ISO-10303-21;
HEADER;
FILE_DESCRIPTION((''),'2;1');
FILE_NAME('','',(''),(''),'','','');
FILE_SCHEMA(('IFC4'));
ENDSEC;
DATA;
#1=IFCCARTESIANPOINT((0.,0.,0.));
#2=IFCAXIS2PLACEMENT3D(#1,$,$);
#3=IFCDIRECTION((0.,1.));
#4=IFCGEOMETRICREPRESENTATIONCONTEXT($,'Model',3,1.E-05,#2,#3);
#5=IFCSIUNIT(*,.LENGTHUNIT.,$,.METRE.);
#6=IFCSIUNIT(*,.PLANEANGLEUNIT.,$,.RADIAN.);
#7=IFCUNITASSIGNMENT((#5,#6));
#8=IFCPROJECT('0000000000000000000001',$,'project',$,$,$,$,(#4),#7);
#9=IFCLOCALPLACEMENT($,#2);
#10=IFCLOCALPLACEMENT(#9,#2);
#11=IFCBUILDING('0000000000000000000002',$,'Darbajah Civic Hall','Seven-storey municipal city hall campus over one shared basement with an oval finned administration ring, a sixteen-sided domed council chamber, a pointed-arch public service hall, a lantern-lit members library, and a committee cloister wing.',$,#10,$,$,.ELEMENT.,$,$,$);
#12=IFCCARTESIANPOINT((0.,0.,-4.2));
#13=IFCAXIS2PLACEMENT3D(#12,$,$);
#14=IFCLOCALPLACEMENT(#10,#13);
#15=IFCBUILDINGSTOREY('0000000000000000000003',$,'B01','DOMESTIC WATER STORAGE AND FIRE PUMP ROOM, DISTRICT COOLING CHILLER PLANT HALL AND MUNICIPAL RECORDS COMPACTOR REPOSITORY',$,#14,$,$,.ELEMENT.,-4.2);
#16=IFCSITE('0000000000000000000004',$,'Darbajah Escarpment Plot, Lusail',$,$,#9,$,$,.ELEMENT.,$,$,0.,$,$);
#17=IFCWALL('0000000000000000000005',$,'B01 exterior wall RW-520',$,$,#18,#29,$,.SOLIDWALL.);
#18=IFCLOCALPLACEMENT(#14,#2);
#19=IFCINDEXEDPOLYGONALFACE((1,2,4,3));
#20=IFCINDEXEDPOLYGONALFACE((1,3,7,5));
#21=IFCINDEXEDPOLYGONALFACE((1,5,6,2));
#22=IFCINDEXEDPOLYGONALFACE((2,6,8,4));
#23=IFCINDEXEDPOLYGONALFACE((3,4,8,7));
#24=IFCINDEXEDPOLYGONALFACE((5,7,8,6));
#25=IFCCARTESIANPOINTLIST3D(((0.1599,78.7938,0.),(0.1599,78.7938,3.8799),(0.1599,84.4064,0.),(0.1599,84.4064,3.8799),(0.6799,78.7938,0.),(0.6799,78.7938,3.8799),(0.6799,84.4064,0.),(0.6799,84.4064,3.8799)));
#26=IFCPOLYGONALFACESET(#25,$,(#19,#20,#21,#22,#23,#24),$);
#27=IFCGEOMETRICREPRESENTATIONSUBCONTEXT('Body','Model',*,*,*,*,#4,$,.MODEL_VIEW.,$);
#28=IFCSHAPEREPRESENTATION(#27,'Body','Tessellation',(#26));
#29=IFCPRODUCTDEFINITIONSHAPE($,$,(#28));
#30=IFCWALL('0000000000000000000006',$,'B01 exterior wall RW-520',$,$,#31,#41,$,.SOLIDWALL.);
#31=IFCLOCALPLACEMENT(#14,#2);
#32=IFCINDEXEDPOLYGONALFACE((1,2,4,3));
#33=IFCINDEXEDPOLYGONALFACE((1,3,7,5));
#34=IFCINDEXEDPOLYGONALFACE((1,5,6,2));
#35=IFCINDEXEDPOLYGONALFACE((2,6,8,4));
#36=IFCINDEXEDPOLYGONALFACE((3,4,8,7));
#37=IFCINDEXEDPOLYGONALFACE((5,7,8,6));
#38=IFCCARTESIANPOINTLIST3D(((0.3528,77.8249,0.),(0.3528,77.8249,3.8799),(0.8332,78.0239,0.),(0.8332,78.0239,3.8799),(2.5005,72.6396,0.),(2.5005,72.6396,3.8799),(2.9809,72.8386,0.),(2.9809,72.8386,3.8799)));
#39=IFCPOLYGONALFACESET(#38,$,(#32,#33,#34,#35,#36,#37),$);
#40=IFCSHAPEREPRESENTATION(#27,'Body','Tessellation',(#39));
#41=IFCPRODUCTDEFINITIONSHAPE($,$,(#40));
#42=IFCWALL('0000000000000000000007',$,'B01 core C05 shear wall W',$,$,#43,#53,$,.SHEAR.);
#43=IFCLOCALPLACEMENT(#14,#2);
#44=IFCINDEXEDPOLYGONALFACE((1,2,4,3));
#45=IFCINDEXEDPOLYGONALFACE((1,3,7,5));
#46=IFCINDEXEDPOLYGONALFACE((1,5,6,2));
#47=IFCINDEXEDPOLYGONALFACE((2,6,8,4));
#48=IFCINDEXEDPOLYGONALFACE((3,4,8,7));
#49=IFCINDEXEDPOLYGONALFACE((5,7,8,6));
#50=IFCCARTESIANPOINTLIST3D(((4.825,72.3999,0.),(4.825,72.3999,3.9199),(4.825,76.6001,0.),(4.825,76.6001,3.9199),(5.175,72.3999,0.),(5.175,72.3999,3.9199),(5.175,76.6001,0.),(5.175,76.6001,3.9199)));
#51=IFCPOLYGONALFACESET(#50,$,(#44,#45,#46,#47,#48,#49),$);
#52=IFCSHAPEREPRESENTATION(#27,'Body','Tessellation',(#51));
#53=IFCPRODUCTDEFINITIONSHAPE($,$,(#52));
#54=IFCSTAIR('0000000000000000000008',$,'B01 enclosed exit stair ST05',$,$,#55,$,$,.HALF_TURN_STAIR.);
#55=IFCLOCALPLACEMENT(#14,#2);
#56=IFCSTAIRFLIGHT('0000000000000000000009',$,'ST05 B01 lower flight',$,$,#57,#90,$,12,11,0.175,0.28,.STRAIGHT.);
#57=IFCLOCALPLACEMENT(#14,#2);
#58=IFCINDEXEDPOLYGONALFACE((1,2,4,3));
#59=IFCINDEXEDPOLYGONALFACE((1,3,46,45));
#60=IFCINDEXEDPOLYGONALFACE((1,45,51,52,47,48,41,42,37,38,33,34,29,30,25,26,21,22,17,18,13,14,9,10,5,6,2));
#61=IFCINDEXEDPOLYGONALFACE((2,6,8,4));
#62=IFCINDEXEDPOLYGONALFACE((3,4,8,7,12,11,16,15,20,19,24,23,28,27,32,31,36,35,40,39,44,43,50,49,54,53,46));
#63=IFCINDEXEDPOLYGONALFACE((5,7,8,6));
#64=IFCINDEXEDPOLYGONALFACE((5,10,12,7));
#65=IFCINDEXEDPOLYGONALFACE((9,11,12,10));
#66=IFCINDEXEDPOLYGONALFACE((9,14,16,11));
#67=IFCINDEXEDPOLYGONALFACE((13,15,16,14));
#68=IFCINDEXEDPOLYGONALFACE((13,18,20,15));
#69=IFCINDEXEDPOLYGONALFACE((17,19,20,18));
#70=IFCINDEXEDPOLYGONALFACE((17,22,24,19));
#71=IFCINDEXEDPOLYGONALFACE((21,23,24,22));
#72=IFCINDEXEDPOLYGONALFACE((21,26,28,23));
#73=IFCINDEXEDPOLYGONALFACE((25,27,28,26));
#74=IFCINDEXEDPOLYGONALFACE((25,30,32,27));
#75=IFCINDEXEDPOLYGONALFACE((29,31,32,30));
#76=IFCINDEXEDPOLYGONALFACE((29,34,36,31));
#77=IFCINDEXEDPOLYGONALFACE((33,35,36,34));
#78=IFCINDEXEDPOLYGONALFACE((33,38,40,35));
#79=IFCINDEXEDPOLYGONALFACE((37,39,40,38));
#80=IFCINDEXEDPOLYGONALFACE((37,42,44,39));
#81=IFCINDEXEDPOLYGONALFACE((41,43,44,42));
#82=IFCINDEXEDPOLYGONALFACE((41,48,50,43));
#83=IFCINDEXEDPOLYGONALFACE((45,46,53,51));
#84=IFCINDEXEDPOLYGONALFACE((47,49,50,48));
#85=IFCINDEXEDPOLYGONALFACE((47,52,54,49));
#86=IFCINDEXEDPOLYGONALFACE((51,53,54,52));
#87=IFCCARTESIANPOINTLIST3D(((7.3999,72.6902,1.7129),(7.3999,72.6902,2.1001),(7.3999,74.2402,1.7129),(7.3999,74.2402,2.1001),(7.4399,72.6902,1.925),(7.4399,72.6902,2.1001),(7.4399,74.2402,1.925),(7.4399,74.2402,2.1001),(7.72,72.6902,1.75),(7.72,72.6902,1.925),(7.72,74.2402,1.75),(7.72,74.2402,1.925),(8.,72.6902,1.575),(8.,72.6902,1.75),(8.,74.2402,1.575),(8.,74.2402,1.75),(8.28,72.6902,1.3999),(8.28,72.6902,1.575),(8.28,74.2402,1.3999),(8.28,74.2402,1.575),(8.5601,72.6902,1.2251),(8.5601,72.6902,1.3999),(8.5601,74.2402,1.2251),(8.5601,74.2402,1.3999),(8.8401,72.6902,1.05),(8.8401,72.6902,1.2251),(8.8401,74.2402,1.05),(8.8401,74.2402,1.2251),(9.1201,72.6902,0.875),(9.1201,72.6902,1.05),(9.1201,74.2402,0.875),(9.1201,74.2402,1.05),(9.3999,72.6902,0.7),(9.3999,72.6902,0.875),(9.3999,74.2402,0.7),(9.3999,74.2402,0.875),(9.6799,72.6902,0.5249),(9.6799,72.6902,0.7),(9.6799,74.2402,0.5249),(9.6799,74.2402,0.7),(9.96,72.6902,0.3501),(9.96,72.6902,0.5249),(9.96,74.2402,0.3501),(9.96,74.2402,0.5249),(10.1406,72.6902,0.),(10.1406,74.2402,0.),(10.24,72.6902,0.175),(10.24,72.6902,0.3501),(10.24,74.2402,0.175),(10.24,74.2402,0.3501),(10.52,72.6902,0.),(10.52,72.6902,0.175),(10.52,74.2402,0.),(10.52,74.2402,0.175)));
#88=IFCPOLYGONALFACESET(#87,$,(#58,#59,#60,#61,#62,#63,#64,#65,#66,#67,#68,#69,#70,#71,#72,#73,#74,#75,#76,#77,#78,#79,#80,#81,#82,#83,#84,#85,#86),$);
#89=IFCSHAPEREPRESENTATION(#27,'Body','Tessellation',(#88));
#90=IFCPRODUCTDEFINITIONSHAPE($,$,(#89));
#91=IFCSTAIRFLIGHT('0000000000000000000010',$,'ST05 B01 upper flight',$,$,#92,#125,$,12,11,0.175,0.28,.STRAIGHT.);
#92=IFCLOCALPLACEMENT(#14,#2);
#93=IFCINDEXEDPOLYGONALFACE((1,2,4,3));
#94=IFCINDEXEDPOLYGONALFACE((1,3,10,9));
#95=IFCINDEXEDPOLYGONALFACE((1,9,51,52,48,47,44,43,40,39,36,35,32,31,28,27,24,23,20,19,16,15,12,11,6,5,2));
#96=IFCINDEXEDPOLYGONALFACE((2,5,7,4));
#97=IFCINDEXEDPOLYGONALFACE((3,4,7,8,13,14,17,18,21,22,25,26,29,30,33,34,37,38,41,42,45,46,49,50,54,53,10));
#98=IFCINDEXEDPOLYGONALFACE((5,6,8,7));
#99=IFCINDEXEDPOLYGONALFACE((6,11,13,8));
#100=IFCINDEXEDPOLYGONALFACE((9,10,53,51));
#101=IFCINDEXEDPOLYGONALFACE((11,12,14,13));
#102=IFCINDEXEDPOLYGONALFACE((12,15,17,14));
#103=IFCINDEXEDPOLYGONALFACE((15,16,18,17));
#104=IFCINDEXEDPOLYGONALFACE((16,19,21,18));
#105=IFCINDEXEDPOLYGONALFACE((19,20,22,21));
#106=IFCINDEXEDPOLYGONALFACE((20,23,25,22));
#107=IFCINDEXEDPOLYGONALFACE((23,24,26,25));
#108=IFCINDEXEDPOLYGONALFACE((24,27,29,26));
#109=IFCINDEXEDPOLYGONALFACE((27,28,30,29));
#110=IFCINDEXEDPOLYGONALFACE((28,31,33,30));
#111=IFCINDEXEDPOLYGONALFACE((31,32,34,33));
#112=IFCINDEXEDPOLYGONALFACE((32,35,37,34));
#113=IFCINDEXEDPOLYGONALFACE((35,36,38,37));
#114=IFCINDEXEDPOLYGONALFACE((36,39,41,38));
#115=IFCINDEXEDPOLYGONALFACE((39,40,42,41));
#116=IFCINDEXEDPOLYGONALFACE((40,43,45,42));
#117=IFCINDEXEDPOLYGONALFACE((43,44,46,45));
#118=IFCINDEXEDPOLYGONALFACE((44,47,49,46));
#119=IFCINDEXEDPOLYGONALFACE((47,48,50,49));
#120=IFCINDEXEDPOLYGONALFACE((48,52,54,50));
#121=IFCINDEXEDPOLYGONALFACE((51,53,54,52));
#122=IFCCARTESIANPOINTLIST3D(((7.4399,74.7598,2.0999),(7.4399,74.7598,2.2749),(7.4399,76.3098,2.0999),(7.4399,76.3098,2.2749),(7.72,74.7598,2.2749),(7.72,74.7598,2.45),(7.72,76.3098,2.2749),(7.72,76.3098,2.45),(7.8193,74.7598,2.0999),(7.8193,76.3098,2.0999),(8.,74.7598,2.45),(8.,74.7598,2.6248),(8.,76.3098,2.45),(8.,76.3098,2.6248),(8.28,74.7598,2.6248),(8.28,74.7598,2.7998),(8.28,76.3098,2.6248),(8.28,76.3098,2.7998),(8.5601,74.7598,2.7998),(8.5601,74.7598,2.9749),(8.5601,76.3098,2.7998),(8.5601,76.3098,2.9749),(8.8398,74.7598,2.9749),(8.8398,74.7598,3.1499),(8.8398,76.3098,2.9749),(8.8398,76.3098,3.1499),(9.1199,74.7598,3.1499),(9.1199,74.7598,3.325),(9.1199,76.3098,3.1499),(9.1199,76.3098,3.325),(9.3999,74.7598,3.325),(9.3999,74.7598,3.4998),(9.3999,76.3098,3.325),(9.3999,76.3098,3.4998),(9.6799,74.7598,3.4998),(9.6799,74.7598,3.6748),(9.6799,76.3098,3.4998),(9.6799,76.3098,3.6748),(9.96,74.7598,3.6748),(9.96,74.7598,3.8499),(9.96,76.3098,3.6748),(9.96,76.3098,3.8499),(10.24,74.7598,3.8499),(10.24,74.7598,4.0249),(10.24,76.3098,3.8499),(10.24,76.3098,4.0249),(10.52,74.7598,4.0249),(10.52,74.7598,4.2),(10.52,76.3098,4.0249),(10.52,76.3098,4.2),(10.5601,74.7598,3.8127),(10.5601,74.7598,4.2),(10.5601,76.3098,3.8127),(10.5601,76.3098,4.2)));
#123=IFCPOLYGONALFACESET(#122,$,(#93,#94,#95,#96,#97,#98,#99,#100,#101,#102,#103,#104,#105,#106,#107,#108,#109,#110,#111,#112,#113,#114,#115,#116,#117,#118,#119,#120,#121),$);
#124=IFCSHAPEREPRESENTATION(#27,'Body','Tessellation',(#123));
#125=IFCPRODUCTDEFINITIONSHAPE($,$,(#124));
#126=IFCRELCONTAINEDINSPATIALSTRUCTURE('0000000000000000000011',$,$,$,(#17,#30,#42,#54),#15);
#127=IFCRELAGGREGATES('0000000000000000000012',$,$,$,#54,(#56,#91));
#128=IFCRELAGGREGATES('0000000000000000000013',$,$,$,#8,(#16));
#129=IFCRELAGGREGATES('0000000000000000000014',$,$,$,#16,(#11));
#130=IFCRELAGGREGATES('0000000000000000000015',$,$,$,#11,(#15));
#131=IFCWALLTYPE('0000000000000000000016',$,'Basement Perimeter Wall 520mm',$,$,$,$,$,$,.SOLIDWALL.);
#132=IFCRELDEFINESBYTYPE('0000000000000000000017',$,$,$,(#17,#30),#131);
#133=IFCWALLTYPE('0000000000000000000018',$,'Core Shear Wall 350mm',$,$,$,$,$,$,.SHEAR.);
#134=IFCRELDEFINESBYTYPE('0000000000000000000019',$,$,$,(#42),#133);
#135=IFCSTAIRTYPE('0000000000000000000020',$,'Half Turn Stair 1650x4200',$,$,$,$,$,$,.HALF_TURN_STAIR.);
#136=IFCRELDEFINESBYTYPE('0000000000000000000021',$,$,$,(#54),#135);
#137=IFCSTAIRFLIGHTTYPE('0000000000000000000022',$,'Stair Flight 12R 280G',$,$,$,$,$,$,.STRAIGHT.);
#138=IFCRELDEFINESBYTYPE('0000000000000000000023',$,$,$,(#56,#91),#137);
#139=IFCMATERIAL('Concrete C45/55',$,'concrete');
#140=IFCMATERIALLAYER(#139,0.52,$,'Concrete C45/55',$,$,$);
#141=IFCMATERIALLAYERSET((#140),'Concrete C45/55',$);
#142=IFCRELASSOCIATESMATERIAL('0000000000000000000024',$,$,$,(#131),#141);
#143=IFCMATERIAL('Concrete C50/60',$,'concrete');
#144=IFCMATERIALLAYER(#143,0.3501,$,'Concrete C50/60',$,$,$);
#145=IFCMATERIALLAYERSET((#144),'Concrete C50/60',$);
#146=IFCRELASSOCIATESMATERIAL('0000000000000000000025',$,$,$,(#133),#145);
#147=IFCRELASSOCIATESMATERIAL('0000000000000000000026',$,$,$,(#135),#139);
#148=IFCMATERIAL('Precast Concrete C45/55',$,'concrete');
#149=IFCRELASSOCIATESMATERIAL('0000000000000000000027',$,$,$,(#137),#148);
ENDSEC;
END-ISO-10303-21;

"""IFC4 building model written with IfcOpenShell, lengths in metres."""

from ifc_helpers import new_model, si_unit, direction, frame, frame_2d, origin, place, context, subcontext, project, spatial, polyline, rectangle, outline, extrude, material, layer, layer_set, type_object, element, aggregate, save


model = new_model("IFC4")

# Units and contexts
model_context = context("Model", 3, precision=1e-05, world=origin(), true_north=direction((0.0, 1.0)))
body_context = subcontext(model_context, "Body", "Model", "MODEL_VIEW")
ifc_project = project(units=[si_unit("LENGTHUNIT", "METRE"), si_unit("PLANEANGLEUNIT", "RADIAN")], contexts=[model_context])

# Site, building, storey
site_placement = place(None, origin())
site = spatial("IfcSite", under=ifc_project, at=site_placement, Name="Darbajah Escarpment Plot, Lusail", CompositionType="ELEMENT", RefElevation=0.0)
building_placement = place(site_placement, origin())
building = spatial("IfcBuilding", under=site, at=building_placement, Name="Darbajah Civic Hall", Description="Seven-storey municipal city hall campus over one shared basement with an oval finned administration ring, a sixteen-sided domed council chamber, a pointed-arch public service hall, a lantern-lit members library, and a committee cloister wing.", CompositionType="ELEMENT")
storey_placement = place(building_placement, frame((0.0, 0.0, -4.2)))
storey = spatial("IfcBuildingStorey", under=building, at=storey_placement, Name="B01", Description="DOMESTIC WATER STORAGE AND FIRE PUMP ROOM, DISTRICT COOLING CHILLER PLANT HALL AND MUNICIPAL RECORDS COMPACTOR REPOSITORY", CompositionType="ELEMENT", Elevation=-4.2)

# Shared definitions
ifc_material_1 = material(Name="Concrete C45/55", Category="concrete")

# Shared definitions
ifc_material_2 = material(Name="Concrete C50/60", Category="concrete")

# Walls
ifc_layer_1 = layer(ifc_material_1, 0.52, Name="Concrete C45/55")
ifc_layer_set_1 = layer_set([ifc_layer_1], Name="Concrete C45/55")
wall_type_1 = type_object("IfcWallType", Name="Basement Perimeter Wall 520mm", PredefinedType="SOLIDWALL", material=ifc_layer_set_1)
for number, where, z_axis, x_axis, name in (
    (1, (0.4199, 84.4062, 0.0), (0.0, 0.0, 1.0), (0.0, -1.0, 0.0), "B01 exterior wall RW-520"),
    (2, (0.593, 77.9243, 0.0), (0.0, 0.0, 1.0), (0.382666, -0.923887, 0.0), "B01 exterior wall RW-520"),
):
    element("IfcWall", number, at=place(storey_placement, frame(where, z_axis=z_axis, x_axis=x_axis)), inside=storey, type_object=wall_type_1, Name=name, PredefinedType="SOLIDWALL", context=body_context, shape_type="SweptSolid", body=[
        extrude(rectangle(XDim=5.6125, YDim=0.52, at=frame_2d((2.8062, 0.0))), origin(), (0.0, 0.0, 1.0), 3.8799),
    ])
ifc_layer_2 = layer(ifc_material_2, 0.3501, Name="Concrete C50/60")
ifc_layer_set_2 = layer_set([ifc_layer_2], Name="Concrete C50/60")
wall_type_2 = type_object("IfcWallType", Name="Core Shear Wall 350mm", PredefinedType="SHEAR", material=ifc_layer_set_2)
wall_placement = place(storey_placement, frame((5.0, 76.6001, 0.0), z_axis=(0.0, 0.0, 1.0), x_axis=(0.0, -1.0, 0.0)))
element("IfcWall", 3, at=wall_placement, inside=storey, type_object=wall_type_2, Name="B01 core C05 shear wall W", PredefinedType="SHEAR", context=body_context, shape_type="SweptSolid", body=[
    extrude(rectangle(XDim=4.2002, YDim=0.3501, at=frame_2d((2.1001, 0.0))), origin(), (0.0, 0.0, 1.0), 3.9199),
])

# Stair, stair flights
stair_type = type_object("IfcStairType", Name="Half Turn Stair 1650x4200", PredefinedType="HALF_TURN_STAIR", material=ifc_material_1)
stair_placement = place(storey_placement, origin())
stair = element("IfcStair", 4, at=stair_placement, inside=storey, type_object=stair_type, Name="B01 enclosed exit stair ST05", PredefinedType="HALF_TURN_STAIR")
ifc_material_3 = material(Name="Precast Concrete C45/55", Category="concrete")
stair_flight_type = type_object("IfcStairFlightType", Name="Stair Flight 12R 280G", PredefinedType="STRAIGHT", material=ifc_material_3)
stair_flight_1_placement = place(storey_placement, frame((10.52, 73.4651, 0.0), z_axis=(0.0, 0.0, 1.0), x_axis=(-1.0, 0.0, 0.0)))
stair_flight_1 = element("IfcStairFlight", 5, at=stair_flight_1_placement, type_object=stair_flight_type, Name="ST05 B01 lower flight", NumberOfRisers=12, NumberOfTreads=11, PredefinedType="STRAIGHT", RiserHeight=0.175, TreadLength=0.28, context=body_context, shape_type="SweptSolid", body=[
    extrude(outline(polyline([(0.0, 0.0), (0.0, 0.175), (0.28, 0.175), (0.28, 0.3501), (0.5601, 0.3501), (0.5601, 0.5249), (0.8401, 0.5249), (0.8401, 0.7), (1.1201, 0.7), (1.1201, 0.875), (1.3999, 0.875), (1.3999, 1.05), (1.6799, 1.05), (1.6799, 1.2251), (1.96, 1.2251), (1.96, 1.3999), (2.24, 1.3999), (2.24, 1.575), (2.52, 1.575), (2.52, 1.75), (2.8, 1.75), (2.8, 1.925), (3.0801, 1.925), (3.0801, 2.1001), (3.1201, 2.1001), (3.1201, 1.7129), (0.3794, 0.0), (0.0, 0.0)])), frame((0.0, 0.7749, 0.0), z_axis=(0.0, -1.0, 0.0), x_axis=(1.0, 0.0, 0.0)), (0.0, 0.0, 1.0), 1.55),
])
stair_flight_2_placement = place(storey_placement, frame((7.4399, 75.5349, 2.0999), z_axis=(0.0, 0.0, 1.0), x_axis=(1.0, 0.0, 0.0)))
stair_flight_2 = element("IfcStairFlight", 6, at=stair_flight_2_placement, type_object=stair_flight_type, Name="ST05 B01 upper flight", NumberOfRisers=12, NumberOfTreads=11, PredefinedType="STRAIGHT", RiserHeight=0.175, TreadLength=0.28, context=body_context, shape_type="SweptSolid", body=[
    extrude(outline(polyline([(0.0, 0.0), (0.0, 0.175), (0.28, 0.175), (0.28, 0.3501), (0.5601, 0.3501), (0.5601, 0.5249), (0.8401, 0.5249), (0.8401, 0.7), (1.1201, 0.7), (1.1201, 0.875), (1.3999, 0.875), (1.3999, 1.05), (1.6799, 1.05), (1.6799, 1.2251), (1.96, 1.2251), (1.96, 1.3999), (2.24, 1.3999), (2.24, 1.575), (2.52, 1.575), (2.52, 1.75), (2.8, 1.75), (2.8, 1.925), (3.0801, 1.925), (3.0801, 2.1001), (3.1201, 2.1001), (3.1201, 1.7129), (0.3794, 0.0), (0.0, 0.0)])), frame((0.0, 0.7749, 0.0), z_axis=(0.0, -1.0, 0.0), x_axis=(1.0, 0.0, 0.0)), (0.0, 0.0, 1.0), 1.55),
])
aggregate(stair, [stair_flight_1, stair_flight_2])

save(model, "model.ifc")
